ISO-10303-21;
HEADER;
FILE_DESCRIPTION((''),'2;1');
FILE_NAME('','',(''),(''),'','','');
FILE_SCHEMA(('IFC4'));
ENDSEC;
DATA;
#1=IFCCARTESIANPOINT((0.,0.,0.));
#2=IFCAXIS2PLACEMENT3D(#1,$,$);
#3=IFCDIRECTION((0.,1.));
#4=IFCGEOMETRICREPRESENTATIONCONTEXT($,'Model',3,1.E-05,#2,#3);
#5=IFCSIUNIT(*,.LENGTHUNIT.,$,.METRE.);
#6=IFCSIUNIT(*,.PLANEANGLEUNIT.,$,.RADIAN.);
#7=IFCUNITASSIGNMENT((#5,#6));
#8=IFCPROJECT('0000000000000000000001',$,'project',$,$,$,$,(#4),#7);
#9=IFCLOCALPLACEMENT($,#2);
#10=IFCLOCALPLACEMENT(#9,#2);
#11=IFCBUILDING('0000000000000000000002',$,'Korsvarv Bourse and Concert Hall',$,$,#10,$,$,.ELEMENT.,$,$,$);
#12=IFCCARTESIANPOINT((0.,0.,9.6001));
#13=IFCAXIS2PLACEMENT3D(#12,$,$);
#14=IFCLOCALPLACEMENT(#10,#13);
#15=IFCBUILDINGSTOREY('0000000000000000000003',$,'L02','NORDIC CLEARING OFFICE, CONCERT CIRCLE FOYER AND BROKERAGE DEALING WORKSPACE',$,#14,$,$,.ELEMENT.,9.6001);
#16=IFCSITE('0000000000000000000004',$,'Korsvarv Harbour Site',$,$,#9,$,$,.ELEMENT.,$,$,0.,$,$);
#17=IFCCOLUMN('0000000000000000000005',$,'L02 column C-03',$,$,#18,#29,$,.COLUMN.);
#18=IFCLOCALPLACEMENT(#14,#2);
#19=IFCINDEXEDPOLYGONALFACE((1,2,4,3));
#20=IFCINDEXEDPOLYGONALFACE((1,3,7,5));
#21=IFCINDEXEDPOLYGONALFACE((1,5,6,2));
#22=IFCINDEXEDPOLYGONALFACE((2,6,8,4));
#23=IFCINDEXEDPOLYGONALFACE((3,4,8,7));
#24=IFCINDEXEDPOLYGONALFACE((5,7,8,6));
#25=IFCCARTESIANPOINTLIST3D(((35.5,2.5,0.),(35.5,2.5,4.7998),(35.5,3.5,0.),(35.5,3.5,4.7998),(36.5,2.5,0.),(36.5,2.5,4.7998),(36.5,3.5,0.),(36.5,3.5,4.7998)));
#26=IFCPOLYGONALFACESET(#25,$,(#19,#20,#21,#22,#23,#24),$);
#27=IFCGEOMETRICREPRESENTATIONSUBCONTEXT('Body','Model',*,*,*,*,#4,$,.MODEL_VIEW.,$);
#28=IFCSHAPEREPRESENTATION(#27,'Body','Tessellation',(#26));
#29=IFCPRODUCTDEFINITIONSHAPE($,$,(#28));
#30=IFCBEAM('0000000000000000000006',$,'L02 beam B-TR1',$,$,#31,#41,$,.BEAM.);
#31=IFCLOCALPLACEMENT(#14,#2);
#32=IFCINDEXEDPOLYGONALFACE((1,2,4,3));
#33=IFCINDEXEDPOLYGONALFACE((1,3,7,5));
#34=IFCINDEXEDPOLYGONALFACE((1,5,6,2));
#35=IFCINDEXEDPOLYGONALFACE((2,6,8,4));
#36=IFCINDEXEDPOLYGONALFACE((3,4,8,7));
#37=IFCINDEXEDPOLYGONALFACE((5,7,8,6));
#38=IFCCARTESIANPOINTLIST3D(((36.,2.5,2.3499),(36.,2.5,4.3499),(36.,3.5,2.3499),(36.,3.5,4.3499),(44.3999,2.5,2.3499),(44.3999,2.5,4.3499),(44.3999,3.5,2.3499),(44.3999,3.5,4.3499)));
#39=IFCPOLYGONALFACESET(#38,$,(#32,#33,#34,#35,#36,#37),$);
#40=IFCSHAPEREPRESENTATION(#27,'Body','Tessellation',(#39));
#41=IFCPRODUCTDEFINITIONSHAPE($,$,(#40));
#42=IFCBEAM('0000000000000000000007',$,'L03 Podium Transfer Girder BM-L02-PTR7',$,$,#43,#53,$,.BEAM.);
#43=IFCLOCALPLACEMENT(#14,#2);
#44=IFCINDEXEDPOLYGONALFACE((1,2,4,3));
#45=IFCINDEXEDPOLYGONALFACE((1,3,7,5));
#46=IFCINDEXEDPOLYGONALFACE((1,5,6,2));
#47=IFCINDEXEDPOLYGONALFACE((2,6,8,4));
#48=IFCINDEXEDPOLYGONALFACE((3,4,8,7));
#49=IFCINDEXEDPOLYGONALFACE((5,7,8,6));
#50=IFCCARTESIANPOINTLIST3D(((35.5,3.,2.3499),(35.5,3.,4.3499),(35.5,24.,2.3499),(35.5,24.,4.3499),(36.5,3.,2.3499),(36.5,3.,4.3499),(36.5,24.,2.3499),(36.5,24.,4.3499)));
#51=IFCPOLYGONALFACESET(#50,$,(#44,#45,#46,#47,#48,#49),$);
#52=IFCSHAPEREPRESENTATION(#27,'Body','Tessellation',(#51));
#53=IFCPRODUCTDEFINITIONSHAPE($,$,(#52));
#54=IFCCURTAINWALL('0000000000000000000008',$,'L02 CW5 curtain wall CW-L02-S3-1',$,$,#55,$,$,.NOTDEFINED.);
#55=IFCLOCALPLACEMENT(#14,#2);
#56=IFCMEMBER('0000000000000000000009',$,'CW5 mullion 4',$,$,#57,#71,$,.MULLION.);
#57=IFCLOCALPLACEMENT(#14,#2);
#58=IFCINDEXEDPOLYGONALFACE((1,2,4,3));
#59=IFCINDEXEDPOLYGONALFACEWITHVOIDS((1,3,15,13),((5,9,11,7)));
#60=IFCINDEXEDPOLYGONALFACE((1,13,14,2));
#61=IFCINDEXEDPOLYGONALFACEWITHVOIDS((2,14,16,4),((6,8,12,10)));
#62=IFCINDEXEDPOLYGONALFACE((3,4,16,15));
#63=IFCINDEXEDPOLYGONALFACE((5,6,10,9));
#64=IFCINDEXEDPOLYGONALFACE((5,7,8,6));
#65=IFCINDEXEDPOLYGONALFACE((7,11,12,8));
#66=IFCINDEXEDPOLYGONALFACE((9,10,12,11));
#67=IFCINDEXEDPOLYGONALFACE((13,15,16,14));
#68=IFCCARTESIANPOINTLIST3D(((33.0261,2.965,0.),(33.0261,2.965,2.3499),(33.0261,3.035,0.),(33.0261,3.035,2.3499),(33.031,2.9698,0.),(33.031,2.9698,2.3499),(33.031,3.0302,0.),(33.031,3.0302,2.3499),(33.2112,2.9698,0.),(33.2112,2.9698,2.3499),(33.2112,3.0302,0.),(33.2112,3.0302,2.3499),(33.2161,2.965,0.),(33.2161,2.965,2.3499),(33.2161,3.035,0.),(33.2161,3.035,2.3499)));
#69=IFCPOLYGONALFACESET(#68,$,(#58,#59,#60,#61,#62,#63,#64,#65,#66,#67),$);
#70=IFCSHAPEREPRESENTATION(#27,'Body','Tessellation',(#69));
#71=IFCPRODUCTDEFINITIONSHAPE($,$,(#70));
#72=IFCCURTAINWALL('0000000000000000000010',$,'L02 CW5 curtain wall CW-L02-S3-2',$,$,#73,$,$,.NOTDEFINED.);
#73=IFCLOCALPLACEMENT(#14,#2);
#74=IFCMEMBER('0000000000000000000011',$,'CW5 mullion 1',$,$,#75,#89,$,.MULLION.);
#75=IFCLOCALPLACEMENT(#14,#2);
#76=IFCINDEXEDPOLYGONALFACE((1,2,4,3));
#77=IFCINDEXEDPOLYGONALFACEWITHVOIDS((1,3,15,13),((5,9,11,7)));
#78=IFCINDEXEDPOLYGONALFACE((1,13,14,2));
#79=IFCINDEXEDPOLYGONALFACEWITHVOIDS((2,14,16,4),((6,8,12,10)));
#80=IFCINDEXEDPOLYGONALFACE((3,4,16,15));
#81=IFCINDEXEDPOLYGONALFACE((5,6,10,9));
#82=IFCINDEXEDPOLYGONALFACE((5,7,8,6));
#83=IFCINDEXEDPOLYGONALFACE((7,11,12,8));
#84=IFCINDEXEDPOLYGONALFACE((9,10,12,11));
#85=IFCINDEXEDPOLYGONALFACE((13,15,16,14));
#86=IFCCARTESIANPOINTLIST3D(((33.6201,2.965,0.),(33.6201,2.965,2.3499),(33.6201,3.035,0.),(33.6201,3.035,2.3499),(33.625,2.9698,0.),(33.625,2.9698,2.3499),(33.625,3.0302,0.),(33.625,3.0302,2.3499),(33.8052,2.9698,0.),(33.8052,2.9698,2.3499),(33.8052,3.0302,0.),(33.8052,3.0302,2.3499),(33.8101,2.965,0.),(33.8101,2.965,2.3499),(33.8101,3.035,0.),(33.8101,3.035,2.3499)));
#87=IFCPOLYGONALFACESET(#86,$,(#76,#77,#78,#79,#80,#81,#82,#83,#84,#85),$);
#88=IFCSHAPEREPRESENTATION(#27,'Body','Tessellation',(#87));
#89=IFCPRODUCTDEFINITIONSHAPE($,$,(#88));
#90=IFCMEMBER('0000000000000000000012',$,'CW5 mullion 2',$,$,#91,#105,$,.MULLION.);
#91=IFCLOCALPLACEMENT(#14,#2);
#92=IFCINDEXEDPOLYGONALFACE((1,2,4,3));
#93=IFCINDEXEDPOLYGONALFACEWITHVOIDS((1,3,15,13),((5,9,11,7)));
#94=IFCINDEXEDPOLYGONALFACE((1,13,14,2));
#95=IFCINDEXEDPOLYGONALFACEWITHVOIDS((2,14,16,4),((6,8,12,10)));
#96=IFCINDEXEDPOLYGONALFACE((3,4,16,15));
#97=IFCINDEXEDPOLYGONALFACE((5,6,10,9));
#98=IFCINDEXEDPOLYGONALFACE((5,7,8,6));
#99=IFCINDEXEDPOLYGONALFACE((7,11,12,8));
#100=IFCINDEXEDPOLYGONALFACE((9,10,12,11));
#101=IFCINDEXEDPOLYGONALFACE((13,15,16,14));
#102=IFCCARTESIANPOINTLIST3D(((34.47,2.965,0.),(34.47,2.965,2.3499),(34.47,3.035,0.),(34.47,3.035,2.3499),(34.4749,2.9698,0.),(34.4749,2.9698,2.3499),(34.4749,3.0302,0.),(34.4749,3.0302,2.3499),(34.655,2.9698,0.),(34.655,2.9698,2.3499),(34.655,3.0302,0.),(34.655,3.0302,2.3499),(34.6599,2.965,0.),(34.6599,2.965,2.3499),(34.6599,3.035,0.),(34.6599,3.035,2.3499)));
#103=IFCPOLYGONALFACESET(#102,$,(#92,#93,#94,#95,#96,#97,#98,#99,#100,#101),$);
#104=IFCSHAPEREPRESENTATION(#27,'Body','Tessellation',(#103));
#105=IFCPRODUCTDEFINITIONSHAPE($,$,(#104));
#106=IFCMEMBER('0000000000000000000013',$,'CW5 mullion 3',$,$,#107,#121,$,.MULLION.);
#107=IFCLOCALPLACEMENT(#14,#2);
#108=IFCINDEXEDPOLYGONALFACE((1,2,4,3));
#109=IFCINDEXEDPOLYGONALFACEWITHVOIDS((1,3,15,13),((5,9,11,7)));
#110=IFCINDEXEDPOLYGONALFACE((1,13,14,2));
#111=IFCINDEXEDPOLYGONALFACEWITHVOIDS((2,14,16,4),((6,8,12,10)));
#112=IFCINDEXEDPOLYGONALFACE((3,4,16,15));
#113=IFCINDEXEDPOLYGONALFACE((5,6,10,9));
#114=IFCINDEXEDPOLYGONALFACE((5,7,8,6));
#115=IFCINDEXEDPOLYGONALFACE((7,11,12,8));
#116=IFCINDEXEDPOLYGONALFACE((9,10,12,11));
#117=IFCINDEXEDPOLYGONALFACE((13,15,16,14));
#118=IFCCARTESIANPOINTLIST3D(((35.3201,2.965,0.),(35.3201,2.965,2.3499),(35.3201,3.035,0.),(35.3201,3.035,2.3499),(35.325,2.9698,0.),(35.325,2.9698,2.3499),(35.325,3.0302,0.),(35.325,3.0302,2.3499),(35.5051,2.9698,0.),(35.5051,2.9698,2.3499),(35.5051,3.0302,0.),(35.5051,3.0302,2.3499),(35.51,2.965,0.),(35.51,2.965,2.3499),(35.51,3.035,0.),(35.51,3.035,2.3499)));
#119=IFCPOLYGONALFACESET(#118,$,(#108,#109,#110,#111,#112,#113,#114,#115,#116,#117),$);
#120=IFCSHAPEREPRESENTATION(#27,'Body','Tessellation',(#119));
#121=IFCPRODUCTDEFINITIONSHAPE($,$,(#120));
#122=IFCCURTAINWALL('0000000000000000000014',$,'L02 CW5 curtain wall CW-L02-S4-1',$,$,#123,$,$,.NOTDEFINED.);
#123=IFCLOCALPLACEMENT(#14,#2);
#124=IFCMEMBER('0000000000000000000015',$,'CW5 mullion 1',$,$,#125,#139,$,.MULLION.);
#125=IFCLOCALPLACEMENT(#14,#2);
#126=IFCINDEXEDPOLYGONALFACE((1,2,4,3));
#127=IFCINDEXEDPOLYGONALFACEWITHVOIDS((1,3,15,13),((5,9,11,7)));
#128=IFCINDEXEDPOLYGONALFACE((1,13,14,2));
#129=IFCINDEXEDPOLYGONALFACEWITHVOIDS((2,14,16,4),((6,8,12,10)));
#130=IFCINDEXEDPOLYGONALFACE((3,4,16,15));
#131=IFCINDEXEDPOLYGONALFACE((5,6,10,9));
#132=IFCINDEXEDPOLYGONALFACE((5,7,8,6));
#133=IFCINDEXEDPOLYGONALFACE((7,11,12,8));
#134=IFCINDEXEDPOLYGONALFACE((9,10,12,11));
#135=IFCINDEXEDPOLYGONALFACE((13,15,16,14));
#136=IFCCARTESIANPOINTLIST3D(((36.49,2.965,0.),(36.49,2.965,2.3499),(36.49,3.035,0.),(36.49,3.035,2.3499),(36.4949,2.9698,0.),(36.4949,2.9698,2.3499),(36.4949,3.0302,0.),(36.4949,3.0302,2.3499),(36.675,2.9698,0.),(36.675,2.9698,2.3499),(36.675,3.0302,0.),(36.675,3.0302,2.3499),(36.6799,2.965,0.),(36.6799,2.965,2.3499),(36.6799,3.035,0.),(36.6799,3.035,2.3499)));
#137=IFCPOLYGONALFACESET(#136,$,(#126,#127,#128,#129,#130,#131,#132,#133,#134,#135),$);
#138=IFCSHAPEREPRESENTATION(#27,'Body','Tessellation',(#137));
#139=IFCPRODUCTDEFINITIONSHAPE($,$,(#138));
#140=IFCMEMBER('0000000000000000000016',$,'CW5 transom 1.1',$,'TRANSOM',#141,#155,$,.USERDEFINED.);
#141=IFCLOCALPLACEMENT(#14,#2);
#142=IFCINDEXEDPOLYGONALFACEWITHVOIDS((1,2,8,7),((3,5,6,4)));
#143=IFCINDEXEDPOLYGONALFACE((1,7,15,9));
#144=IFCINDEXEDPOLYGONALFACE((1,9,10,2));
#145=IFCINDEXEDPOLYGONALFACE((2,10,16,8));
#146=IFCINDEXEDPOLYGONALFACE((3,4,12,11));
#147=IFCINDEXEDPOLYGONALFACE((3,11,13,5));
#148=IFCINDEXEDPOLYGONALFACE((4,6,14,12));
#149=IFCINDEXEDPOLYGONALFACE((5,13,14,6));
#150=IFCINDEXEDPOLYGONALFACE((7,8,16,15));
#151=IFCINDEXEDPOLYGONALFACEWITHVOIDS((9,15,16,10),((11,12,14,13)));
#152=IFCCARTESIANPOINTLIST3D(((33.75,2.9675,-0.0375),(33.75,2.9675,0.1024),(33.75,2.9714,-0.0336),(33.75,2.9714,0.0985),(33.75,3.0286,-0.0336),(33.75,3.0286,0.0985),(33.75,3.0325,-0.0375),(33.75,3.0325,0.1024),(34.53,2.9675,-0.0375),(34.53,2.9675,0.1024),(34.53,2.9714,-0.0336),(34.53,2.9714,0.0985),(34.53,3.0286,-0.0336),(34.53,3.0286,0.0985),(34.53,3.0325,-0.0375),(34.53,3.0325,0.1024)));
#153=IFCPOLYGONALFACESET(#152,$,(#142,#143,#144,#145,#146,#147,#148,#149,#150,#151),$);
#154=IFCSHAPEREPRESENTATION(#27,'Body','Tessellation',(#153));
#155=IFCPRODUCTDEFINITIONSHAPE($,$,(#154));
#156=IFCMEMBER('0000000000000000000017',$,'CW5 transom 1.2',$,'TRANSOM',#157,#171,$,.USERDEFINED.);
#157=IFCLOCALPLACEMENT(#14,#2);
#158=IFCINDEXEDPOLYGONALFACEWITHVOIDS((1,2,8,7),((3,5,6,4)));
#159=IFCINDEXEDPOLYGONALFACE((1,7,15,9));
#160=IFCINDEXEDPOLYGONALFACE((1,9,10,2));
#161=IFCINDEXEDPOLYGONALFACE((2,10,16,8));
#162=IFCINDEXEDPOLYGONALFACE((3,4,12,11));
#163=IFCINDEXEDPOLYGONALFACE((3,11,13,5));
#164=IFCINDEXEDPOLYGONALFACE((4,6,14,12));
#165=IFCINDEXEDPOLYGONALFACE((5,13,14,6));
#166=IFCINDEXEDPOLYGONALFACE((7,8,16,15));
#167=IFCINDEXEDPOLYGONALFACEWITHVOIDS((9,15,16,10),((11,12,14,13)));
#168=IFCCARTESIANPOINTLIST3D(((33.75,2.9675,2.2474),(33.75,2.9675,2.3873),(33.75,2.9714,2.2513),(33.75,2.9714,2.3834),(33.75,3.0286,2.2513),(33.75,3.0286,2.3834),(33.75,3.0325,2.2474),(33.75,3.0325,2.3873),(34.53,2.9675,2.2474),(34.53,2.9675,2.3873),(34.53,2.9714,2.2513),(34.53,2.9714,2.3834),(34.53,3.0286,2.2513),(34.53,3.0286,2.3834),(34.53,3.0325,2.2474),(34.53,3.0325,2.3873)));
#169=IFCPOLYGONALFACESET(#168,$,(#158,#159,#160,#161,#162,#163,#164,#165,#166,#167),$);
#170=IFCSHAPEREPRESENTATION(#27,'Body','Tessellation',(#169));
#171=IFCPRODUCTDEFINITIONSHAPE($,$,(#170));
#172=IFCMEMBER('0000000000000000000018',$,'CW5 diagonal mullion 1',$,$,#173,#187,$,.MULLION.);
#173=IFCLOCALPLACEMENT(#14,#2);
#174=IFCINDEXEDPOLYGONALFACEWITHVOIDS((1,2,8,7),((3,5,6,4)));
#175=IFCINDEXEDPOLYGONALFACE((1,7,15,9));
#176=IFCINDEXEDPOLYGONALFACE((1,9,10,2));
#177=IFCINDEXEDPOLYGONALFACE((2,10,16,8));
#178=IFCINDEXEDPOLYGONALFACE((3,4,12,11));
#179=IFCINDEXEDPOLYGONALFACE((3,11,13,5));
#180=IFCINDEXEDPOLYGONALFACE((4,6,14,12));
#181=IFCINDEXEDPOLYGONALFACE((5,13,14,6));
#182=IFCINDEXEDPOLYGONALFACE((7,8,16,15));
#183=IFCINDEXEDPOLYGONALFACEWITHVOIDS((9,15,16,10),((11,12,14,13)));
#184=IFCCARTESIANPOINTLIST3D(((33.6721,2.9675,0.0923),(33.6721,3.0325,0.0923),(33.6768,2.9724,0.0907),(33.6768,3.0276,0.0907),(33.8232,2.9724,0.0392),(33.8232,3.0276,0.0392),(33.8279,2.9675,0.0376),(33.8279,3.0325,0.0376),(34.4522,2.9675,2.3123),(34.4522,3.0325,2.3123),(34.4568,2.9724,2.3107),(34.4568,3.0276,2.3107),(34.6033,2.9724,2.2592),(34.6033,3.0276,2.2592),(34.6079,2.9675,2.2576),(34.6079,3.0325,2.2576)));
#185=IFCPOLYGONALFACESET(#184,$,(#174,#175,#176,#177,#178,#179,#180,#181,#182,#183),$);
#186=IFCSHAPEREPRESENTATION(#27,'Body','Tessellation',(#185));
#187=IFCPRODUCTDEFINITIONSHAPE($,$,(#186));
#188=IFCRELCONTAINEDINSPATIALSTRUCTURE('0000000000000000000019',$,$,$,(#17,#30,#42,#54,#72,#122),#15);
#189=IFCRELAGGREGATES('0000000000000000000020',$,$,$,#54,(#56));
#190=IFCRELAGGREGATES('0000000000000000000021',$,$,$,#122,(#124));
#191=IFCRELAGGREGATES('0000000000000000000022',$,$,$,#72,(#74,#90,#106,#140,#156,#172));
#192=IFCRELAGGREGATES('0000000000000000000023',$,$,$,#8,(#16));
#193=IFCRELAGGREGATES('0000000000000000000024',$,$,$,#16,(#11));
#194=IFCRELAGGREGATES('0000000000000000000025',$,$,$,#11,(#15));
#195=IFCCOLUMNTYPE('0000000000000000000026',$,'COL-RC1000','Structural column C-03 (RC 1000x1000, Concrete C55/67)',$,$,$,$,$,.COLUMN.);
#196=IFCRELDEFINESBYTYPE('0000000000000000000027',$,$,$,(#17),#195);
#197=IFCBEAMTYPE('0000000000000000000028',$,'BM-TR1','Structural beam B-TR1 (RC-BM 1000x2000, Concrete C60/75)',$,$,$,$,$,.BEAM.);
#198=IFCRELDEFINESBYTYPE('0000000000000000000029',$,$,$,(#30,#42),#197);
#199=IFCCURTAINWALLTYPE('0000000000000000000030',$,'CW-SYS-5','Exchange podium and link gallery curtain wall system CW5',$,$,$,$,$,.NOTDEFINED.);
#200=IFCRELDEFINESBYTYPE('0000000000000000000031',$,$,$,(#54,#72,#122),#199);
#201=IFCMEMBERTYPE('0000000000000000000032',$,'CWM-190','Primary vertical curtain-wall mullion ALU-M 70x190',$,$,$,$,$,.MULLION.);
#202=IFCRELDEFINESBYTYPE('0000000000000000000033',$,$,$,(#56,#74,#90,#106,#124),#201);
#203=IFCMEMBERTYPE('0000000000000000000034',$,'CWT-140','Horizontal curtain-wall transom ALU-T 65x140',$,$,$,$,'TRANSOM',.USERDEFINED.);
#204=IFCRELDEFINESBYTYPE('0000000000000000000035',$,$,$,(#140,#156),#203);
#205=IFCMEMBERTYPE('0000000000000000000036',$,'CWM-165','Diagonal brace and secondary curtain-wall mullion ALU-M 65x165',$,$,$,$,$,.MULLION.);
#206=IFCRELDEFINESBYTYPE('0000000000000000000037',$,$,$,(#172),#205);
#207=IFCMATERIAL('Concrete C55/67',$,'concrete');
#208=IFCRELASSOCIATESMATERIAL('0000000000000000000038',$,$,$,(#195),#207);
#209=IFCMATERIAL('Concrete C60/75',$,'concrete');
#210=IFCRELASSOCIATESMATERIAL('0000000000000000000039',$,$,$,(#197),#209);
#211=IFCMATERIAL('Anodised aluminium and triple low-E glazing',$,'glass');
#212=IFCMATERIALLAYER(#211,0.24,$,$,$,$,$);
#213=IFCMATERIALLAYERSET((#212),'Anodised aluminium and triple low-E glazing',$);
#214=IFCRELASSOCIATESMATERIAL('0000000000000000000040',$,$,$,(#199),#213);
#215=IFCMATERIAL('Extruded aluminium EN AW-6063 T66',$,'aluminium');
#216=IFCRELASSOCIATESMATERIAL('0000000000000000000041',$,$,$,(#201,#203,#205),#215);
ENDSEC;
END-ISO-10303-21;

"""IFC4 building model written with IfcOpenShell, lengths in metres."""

from ifc_helpers import new_model, si_unit, direction, frame, origin, origin_2d, place, context, subcontext, project, spatial, rectangle, hollow_rectangle, extrude, source, transform, mapped, material, layer, layer_set, material_profile, profile_set, type_object, element, aggregate, save


model = new_model("IFC4")

# Units and contexts
model_context = context("Model", 3, precision=1e-05, world=origin(), true_north=direction((0.0, 1.0)))
body_context = subcontext(model_context, "Body", "Model", "MODEL_VIEW")
ifc_project = project(units=[si_unit("LENGTHUNIT", "METRE"), si_unit("PLANEANGLEUNIT", "RADIAN")], contexts=[model_context])

# Site, building, storey
site_placement = place(None, origin())
site = spatial("IfcSite", under=ifc_project, at=site_placement, Name="Korsvarv Harbour Site", CompositionType="ELEMENT", RefElevation=0.0)
building_placement = place(site_placement, origin())
building = spatial("IfcBuilding", under=site, at=building_placement, Name="Korsvarv Bourse and Concert Hall", CompositionType="ELEMENT")
storey_placement = place(building_placement, frame((0.0, 0.0, 9.6001)))
storey = spatial("IfcBuildingStorey", under=building, at=storey_placement, Name="L02", Description="NORDIC CLEARING OFFICE, CONCERT CIRCLE FOYER AND BROKERAGE DEALING WORKSPACE", CompositionType="ELEMENT", Elevation=9.6001)

# Column
ifc_material_1 = material(Name="Concrete C55/67", Category="concrete")
ifc_material_profile_1 = material_profile(ifc_material_1, rectangle(XDim=1.0, YDim=1.0, at=origin_2d()), Name="RC 1000x1000")
ifc_profile_set_1 = profile_set([ifc_material_profile_1], Name="Concrete C55/67")
column_type = type_object("IfcColumnType", Name="COL-RC1000", Description="Structural column C-03 (RC 1000x1000, Concrete C55/67)", PredefinedType="COLUMN", material=ifc_profile_set_1)
shared_shape_1 = source(origin(), body_context, "Body", "SweptSolid", [
    extrude(rectangle(XDim=1.0, YDim=1.0, at=origin_2d()), origin(), (0.0, 0.0, 1.0), 4.7998),
])
column_placement = place(storey_placement, frame((36.0, 3.0, 0.0), z_axis=(0.0, 0.0, 1.0), x_axis=(1.0, 0.0, 0.0)))
element("IfcColumn", 1, at=column_placement, inside=storey, type_object=column_type, Name="L02 column C-03", PredefinedType="COLUMN", context=body_context, shape_type="MappedRepresentation", body=[
    mapped(shared_shape_1, transform((0.0, 0.0, 0.0), scale=1.0)),
])

# Beams
ifc_material_2 = material(Name="Concrete C60/75", Category="concrete")
ifc_material_profile_2 = material_profile(ifc_material_2, rectangle(XDim=1.0, YDim=2.0, at=origin_2d()), Name="RC-BM 1000x2000")
ifc_profile_set_2 = profile_set([ifc_material_profile_2], Name="Concrete C60/75")
beam_type = type_object("IfcBeamType", Name="BM-TR1", Description="Structural beam B-TR1 (RC-BM 1000x2000, Concrete C60/75)", PredefinedType="BEAM", material=ifc_profile_set_2)
shared_shape_2 = source(origin(), body_context, "Body", "SweptSolid", [
    extrude(rectangle(XDim=1.0, YDim=2.0, at=origin_2d()), origin(), (0.0, 0.0, 1.0), 8.3999),
])
beam_1_placement = place(storey_placement, frame((36.0, 3.0, 3.3499), z_axis=(1.0, 0.0, 0.0), x_axis=(0.0, 1.0, 0.0)))
element("IfcBeam", 2, at=beam_1_placement, inside=storey, type_object=beam_type, Name="L02 beam B-TR1", PredefinedType="BEAM", context=body_context, shape_type="MappedRepresentation", body=[
    mapped(shared_shape_2, transform((0.0, 0.0, 0.0), scale=1.0)),
])
shared_shape_3 = source(origin(), body_context, "Body", "SweptSolid", [
    extrude(rectangle(XDim=1.0, YDim=2.0, at=origin_2d()), origin(), (0.0, 0.0, 1.0), 21.0),
])
beam_2_placement = place(storey_placement, frame((36.0, 3.0, 3.3499), z_axis=(0.0, 1.0, 0.0), x_axis=(-1.0, 0.0, 0.0)))
element("IfcBeam", 3, at=beam_2_placement, inside=storey, type_object=beam_type, Name="L03 Podium Transfer Girder BM-L02-PTR7", PredefinedType="BEAM", context=body_context, shape_type="MappedRepresentation", body=[
    mapped(shared_shape_3, transform((0.0, 0.0, 0.0), scale=1.0)),
])

# Curtain wall, member
ifc_material_3 = material(Name="Anodised aluminium and triple low-E glazing", Category="glass")
ifc_layer_1 = layer(ifc_material_3, 0.24)
ifc_layer_set_1 = layer_set([ifc_layer_1], Name="Anodised aluminium and triple low-E glazing")
curtain_wall_type = type_object("IfcCurtainWallType", Name="CW-SYS-5", Description="Exchange podium and link gallery curtain wall system CW5", PredefinedType="NOTDEFINED", material=ifc_layer_set_1)
curtain_wall_1_placement = place(storey_placement, origin())
curtain_wall_1 = element("IfcCurtainWall", 4, at=curtain_wall_1_placement, inside=storey, type_object=curtain_wall_type, Name="L02 CW5 curtain wall CW-L02-S3-1", PredefinedType="NOTDEFINED")
ifc_material_4 = material(Name="Extruded aluminium EN AW-6063 T66", Category="aluminium")
ifc_material_profile_3 = material_profile(ifc_material_4, hollow_rectangle(XDim=0.0701, YDim=0.1899, WallThickness=0.0049, at=origin_2d()), Name="ALU-M 70x190")
ifc_profile_set_3 = profile_set([ifc_material_profile_3], Name="Extruded aluminium EN AW-6063 T66")
member_type_1 = type_object("IfcMemberType", Name="CWM-190", Description="Primary vertical curtain-wall mullion ALU-M 70x190", PredefinedType="MULLION", material=ifc_profile_set_3)
shared_shape_4 = source(origin(), body_context, "Body", "SweptSolid", [
    extrude(hollow_rectangle(XDim=0.0701, YDim=0.1899, WallThickness=0.0049, at=origin_2d()), origin(), (0.0, 0.0, 1.0), 2.3499),
])
member_1_placement = place(storey_placement, frame((33.1211, 3.0, 0.0), z_axis=(0.0, 0.0, 1.0), x_axis=(0.0, 1.0, 0.0)))
member_1 = element("IfcMember", 5, at=member_1_placement, type_object=member_type_1, Name="CW5 mullion 4", PredefinedType="MULLION", context=body_context, shape_type="MappedRepresentation", body=[
    mapped(shared_shape_4, transform((0.0, 0.0, 0.0), scale=1.0)),
])

# Curtain wall, members
curtain_wall_2_placement = place(storey_placement, origin())
curtain_wall_2 = element("IfcCurtainWall", 6, at=curtain_wall_2_placement, inside=storey, type_object=curtain_wall_type, Name="L02 CW5 curtain wall CW-L02-S3-2", PredefinedType="NOTDEFINED")
member_2_placement = place(storey_placement, frame((33.7151, 3.0, 0.0), z_axis=(0.0, 0.0, 1.0), x_axis=(0.0, 1.0, 0.0)))
member_2 = element("IfcMember", 7, at=member_2_placement, type_object=member_type_1, Name="CW5 mullion 1", PredefinedType="MULLION", context=body_context, shape_type="MappedRepresentation", body=[
    mapped(shared_shape_4, transform((0.0, 0.0, 0.0), scale=1.0)),
])
member_3_placement = place(storey_placement, frame((34.5649, 3.0, 0.0), z_axis=(0.0, 0.0, 1.0), x_axis=(0.0, 1.0, 0.0)))
member_3 = element("IfcMember", 8, at=member_3_placement, type_object=member_type_1, Name="CW5 mullion 2", PredefinedType="MULLION", context=body_context, shape_type="MappedRepresentation", body=[
    mapped(shared_shape_4, transform((0.0, 0.0, 0.0), scale=1.0)),
])
member_4_placement = place(storey_placement, frame((35.415, 3.0, 0.0), z_axis=(0.0, 0.0, 1.0), x_axis=(0.0, 1.0, 0.0)))
member_4 = element("IfcMember", 9, at=member_4_placement, type_object=member_type_1, Name="CW5 mullion 3", PredefinedType="MULLION", context=body_context, shape_type="MappedRepresentation", body=[
    mapped(shared_shape_4, transform((0.0, 0.0, 0.0), scale=1.0)),
])

# Curtain wall, member
curtain_wall_3_placement = place(storey_placement, origin())
curtain_wall_3 = element("IfcCurtainWall", 10, at=curtain_wall_3_placement, inside=storey, type_object=curtain_wall_type, Name="L02 CW5 curtain wall CW-L02-S4-1", PredefinedType="NOTDEFINED")
member_5_placement = place(storey_placement, frame((36.585, 3.0, 0.0), z_axis=(0.0, 0.0, 1.0), x_axis=(0.0, 1.0, 0.0)))
member_5 = element("IfcMember", 11, at=member_5_placement, type_object=member_type_1, Name="CW5 mullion 1", PredefinedType="MULLION", context=body_context, shape_type="MappedRepresentation", body=[
    mapped(shared_shape_4, transform((0.0, 0.0, 0.0), scale=1.0)),
])

# Members
ifc_material_profile_4 = material_profile(ifc_material_4, hollow_rectangle(XDim=0.0649, YDim=0.1399, WallThickness=0.0039, at=origin_2d()), Name="ALU-T 65x140")
ifc_profile_set_4 = profile_set([ifc_material_profile_4], Name="Extruded aluminium EN AW-6063 T66")
member_type_2 = type_object("IfcMemberType", Name="CWT-140", Description="Horizontal curtain-wall transom ALU-T 65x140", ElementType="TRANSOM", PredefinedType="USERDEFINED", material=ifc_profile_set_4)
shared_shape_5 = source(origin(), body_context, "Body", "SweptSolid", [
    extrude(hollow_rectangle(XDim=0.0649, YDim=0.1399, WallThickness=0.0039, at=origin_2d()), origin(), (0.0, 0.0, 1.0), 0.78),
])
member_6_placement = place(storey_placement, frame((33.75, 3.0, 0.0325), z_axis=(1.0, 0.0, 0.0), x_axis=(0.0, 1.0, 0.0)))
member_6 = element("IfcMember", 12, at=member_6_placement, type_object=member_type_2, Name="CW5 transom 1.1", ObjectType="TRANSOM", PredefinedType="USERDEFINED", context=body_context, shape_type="MappedRepresentation", body=[
    mapped(shared_shape_5, transform((0.0, 0.0, 0.0), scale=1.0)),
])
member_7_placement = place(storey_placement, frame((33.75, 3.0, 2.3174), z_axis=(1.0, 0.0, 0.0), x_axis=(0.0, 1.0, 0.0)))
member_7 = element("IfcMember", 13, at=member_7_placement, type_object=member_type_2, Name="CW5 transom 1.2", ObjectType="TRANSOM", PredefinedType="USERDEFINED", context=body_context, shape_type="MappedRepresentation", body=[
    mapped(shared_shape_5, transform((0.0, 0.0, 0.0), scale=1.0)),
])
ifc_material_profile_5 = material_profile(ifc_material_4, hollow_rectangle(XDim=0.0649, YDim=0.165, WallThickness=0.0049, at=origin_2d()), Name="ALU-M 65x165")
ifc_profile_set_5 = profile_set([ifc_material_profile_5], Name="Extruded aluminium EN AW-6063 T66")
member_type_3 = type_object("IfcMemberType", Name="CWM-165", Description="Diagonal brace and secondary curtain-wall mullion ALU-M 65x165", PredefinedType="MULLION", material=ifc_profile_set_5)
shared_shape_6 = source(origin(), body_context, "Body", "SweptSolid", [
    extrude(hollow_rectangle(XDim=0.0649, YDim=0.165, WallThickness=0.0049, at=origin_2d()), origin(), (0.0, 0.0, 1.0), 2.353),
])
member_8_placement = place(storey_placement, frame((33.75, 3.0, 0.0649), z_axis=(0.331501, 0.0, 0.943455), x_axis=(0.0, 1.0, 0.0)))
member_8 = element("IfcMember", 14, at=member_8_placement, type_object=member_type_3, Name="CW5 diagonal mullion 1", PredefinedType="MULLION", context=body_context, shape_type="MappedRepresentation", body=[
    mapped(shared_shape_6, transform((0.0, 0.0, 0.0), scale=1.0)),
])

aggregate(curtain_wall_1, [member_1])
aggregate(curtain_wall_3, [member_5])
aggregate(curtain_wall_2, [member_2, member_3, member_4, member_6, member_7, member_8])

save(model, "model.ifc")
